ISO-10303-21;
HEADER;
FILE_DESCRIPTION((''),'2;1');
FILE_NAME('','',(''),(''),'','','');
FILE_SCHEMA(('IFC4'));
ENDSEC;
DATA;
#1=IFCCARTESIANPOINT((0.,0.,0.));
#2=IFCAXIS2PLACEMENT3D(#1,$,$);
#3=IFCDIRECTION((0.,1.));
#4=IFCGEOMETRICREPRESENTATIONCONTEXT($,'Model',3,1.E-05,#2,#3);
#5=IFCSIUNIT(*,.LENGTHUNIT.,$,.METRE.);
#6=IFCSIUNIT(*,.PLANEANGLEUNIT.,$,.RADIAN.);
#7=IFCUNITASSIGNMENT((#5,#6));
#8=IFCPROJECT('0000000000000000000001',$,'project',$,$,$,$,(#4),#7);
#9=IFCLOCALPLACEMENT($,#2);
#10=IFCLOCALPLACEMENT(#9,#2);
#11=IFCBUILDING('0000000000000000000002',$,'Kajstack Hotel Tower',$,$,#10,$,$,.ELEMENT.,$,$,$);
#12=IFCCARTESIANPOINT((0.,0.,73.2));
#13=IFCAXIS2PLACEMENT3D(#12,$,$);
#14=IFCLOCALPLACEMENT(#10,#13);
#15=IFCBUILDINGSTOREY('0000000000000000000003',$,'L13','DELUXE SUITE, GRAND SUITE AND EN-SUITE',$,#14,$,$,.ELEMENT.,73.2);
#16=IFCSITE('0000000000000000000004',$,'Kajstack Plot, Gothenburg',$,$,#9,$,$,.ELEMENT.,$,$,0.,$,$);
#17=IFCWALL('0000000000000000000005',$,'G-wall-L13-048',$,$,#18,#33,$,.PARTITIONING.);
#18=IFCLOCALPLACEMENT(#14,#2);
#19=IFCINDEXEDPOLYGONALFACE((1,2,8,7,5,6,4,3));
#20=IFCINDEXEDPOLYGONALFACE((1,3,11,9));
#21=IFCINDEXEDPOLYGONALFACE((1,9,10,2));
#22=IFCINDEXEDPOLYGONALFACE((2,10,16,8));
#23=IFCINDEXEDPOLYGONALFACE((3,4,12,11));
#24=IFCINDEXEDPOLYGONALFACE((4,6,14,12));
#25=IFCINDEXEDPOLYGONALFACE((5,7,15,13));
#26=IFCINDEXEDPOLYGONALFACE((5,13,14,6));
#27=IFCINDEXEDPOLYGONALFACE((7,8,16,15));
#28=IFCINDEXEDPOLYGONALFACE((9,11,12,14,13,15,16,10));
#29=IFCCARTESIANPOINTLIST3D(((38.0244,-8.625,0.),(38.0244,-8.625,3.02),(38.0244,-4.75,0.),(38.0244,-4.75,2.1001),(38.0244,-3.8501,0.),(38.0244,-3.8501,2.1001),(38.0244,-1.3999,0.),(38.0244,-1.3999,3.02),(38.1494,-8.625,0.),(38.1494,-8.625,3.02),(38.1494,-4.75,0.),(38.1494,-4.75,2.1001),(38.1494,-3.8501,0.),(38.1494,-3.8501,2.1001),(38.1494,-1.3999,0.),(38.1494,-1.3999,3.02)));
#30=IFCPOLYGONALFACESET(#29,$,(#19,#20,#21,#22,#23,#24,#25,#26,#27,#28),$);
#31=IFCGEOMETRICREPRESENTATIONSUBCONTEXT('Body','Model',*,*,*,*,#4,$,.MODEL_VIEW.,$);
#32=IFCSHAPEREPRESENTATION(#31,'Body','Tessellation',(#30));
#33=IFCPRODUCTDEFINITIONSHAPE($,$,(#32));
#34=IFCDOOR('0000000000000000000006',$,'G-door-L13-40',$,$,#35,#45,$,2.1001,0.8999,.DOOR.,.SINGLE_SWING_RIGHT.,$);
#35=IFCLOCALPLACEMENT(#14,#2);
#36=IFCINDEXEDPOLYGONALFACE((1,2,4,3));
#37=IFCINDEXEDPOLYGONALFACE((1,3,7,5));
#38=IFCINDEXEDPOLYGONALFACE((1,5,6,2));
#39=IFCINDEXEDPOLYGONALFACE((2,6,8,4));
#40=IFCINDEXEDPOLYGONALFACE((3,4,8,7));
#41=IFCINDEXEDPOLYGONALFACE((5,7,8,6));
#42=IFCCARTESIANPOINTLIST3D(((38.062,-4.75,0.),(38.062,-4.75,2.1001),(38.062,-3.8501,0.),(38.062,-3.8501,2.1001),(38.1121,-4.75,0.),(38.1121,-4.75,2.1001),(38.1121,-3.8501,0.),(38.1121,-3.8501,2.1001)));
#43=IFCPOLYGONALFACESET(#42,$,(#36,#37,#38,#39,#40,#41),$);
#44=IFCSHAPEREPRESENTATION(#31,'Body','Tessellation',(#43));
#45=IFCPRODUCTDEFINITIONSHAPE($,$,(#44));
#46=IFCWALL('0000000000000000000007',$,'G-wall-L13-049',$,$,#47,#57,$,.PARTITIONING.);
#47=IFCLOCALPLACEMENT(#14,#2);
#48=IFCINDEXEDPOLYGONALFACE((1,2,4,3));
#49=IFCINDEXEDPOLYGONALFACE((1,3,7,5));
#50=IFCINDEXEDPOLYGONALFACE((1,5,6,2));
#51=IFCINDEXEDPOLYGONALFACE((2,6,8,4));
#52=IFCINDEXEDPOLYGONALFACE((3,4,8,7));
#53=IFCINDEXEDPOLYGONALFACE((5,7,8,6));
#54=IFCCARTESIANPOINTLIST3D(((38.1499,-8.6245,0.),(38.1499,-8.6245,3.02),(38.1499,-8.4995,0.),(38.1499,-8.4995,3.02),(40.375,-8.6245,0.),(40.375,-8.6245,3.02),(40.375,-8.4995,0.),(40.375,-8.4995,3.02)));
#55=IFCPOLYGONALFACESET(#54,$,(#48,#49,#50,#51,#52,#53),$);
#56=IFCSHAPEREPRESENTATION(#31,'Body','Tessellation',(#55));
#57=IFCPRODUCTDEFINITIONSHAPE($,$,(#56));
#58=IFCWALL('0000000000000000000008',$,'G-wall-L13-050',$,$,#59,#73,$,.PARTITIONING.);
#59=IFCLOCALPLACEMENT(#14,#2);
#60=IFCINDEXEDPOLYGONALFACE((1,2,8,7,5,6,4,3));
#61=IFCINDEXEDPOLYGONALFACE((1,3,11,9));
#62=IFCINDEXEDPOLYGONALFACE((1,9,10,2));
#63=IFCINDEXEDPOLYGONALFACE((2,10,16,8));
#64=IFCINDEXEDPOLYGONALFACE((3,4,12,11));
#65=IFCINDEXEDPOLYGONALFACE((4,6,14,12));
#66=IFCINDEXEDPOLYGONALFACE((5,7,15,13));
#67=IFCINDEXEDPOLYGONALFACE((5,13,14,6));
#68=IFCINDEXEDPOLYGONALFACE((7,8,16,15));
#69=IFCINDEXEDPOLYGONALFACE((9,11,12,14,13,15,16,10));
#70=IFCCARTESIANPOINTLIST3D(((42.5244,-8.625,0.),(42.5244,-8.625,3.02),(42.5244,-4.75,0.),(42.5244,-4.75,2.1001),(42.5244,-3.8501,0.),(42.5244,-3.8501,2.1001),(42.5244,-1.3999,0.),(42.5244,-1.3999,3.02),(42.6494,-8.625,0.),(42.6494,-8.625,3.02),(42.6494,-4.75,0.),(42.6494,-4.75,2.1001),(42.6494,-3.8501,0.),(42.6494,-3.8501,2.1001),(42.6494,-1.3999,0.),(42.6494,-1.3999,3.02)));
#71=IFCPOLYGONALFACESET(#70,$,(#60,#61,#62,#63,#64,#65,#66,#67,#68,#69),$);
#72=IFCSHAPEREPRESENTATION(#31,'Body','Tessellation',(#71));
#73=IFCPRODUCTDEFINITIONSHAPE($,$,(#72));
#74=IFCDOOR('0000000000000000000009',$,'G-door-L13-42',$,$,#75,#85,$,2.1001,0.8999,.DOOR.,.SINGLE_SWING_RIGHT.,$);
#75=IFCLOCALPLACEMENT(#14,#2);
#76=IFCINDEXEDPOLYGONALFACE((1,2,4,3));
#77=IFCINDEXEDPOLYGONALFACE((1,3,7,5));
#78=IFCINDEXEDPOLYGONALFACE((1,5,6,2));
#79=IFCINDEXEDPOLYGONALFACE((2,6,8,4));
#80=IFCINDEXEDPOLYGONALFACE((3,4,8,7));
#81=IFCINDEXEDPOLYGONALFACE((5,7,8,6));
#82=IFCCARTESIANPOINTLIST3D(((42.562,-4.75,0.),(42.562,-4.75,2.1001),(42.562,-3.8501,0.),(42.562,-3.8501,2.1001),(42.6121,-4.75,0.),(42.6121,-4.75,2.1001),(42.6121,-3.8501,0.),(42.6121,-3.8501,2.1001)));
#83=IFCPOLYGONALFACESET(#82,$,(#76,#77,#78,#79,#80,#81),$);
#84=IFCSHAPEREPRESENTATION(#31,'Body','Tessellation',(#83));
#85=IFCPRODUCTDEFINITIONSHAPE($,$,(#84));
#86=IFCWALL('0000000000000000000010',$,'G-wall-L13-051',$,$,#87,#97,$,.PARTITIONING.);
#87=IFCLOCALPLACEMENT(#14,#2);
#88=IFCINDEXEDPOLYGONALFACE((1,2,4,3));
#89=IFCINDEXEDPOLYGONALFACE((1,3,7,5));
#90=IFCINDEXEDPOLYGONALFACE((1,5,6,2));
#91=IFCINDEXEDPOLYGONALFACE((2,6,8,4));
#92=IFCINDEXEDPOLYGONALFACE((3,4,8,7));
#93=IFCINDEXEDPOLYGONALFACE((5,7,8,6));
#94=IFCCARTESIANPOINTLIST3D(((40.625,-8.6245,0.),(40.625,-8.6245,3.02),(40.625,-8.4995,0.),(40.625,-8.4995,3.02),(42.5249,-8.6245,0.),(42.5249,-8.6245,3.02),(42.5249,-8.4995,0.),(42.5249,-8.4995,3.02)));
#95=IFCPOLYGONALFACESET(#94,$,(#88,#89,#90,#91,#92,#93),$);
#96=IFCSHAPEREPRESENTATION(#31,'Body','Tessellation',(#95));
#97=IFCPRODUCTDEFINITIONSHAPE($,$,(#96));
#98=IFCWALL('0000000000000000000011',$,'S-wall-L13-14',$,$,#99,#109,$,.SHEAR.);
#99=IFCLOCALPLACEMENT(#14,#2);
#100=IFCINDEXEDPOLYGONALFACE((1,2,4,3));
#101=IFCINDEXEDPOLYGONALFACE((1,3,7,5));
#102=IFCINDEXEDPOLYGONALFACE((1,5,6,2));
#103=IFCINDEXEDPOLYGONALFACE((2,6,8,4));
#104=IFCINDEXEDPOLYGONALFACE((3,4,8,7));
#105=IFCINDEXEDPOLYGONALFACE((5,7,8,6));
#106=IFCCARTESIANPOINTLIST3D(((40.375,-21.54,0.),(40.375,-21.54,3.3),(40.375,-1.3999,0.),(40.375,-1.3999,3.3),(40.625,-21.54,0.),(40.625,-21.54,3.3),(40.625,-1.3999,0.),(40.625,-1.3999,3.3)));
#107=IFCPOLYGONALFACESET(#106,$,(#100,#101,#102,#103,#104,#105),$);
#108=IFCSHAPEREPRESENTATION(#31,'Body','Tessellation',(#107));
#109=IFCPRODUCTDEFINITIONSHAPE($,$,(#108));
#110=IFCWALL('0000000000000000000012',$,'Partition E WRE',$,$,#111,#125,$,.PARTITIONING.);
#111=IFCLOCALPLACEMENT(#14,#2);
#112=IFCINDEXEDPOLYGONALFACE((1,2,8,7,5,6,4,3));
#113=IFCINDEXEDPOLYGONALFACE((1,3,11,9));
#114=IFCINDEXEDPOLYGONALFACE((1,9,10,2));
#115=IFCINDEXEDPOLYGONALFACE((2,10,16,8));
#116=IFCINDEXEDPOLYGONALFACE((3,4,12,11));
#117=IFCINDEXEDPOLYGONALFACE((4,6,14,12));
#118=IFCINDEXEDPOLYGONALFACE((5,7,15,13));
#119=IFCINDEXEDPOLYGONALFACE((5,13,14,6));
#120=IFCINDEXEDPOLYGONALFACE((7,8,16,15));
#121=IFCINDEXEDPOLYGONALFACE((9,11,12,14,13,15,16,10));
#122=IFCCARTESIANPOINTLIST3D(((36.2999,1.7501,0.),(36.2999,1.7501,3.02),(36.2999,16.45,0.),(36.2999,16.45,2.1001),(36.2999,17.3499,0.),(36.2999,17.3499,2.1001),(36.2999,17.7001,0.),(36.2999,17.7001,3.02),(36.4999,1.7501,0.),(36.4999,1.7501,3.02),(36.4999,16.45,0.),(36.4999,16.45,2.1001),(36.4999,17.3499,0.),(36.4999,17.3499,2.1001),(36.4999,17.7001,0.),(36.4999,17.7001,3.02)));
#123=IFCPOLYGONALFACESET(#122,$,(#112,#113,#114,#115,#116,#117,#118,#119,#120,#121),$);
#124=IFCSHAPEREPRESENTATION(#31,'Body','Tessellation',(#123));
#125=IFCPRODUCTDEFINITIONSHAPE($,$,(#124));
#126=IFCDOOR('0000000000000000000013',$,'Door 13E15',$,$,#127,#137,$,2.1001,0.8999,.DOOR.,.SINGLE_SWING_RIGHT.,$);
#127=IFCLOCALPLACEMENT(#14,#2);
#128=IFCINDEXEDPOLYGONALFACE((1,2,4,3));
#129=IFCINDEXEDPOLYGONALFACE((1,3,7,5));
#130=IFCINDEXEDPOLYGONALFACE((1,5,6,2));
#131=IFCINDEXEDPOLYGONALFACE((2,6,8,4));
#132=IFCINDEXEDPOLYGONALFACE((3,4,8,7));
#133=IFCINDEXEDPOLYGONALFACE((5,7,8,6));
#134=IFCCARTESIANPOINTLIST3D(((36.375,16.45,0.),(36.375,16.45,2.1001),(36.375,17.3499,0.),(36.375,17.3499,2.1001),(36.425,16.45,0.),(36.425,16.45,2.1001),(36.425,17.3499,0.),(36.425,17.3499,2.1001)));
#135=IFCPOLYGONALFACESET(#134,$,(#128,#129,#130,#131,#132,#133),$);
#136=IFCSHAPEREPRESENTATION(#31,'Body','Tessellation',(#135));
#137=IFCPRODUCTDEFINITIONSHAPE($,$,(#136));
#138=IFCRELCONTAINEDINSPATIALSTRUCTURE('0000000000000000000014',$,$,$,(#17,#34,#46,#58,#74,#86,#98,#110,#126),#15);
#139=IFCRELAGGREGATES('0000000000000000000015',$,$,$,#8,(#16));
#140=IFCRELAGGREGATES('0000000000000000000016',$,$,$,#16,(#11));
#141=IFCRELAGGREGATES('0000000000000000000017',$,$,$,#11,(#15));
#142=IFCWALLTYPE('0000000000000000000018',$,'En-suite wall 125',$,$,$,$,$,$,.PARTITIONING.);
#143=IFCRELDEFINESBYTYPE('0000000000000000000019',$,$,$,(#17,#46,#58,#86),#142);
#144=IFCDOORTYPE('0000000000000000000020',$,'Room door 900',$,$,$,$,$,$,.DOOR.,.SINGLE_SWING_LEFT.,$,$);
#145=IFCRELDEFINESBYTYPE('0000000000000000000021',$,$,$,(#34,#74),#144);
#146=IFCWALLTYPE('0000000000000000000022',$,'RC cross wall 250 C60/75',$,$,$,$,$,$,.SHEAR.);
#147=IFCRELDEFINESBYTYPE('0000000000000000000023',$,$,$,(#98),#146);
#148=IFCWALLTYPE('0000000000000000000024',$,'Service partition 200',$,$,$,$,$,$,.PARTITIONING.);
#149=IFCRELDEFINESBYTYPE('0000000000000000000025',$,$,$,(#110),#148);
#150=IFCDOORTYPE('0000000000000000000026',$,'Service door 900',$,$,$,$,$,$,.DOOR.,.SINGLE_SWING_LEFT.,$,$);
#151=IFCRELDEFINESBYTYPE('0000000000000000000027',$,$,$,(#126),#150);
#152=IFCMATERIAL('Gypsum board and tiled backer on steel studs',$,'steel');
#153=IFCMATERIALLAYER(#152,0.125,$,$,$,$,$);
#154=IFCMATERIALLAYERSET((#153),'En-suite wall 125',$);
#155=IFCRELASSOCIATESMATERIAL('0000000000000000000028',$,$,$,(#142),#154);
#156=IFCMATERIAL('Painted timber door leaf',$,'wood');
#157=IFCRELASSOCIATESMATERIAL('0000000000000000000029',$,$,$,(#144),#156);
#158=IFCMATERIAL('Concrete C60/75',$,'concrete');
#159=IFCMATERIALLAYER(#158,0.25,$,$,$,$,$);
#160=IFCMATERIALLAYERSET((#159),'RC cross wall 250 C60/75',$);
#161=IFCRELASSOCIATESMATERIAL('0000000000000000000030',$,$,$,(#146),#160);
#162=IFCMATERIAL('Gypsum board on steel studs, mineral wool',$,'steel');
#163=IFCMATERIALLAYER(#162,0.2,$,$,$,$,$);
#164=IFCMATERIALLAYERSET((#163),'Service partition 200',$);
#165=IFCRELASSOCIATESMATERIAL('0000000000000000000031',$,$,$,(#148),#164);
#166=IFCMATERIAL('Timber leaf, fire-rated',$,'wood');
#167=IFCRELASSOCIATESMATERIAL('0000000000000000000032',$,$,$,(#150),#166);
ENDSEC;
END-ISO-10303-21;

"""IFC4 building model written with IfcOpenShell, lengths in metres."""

from ifc_helpers import new_model, si_unit, direction, frame, frame_2d, origin, place, context, subcontext, project, spatial, rectangle, extrude, material, layer, layer_set, type_object, element, fill, save


model = new_model("IFC4")

# Units and contexts
model_context = context("Model", 3, precision=1e-05, world=origin(), true_north=direction((0.0, 1.0)))
body_context = subcontext(model_context, "Body", "Model", "MODEL_VIEW")
ifc_project = project(units=[si_unit("LENGTHUNIT", "METRE"), si_unit("PLANEANGLEUNIT", "RADIAN")], contexts=[model_context])

# Site, building, storey
site_placement = place(None, origin())
site = spatial("IfcSite", under=ifc_project, at=site_placement, Name="Kajstack Plot, Gothenburg", CompositionType="ELEMENT", RefElevation=0.0)
building_placement = place(site_placement, origin())
building = spatial("IfcBuilding", under=site, at=building_placement, Name="Kajstack Hotel Tower", CompositionType="ELEMENT")
storey_placement = place(building_placement, frame((0.0, 0.0, 73.2)))
storey = spatial("IfcBuildingStorey", under=building, at=storey_placement, Name="L13", Description="DELUXE SUITE, GRAND SUITE AND EN-SUITE", CompositionType="ELEMENT", Elevation=73.2)

# Wall, opening, door
ifc_material_1 = material(Name="Gypsum board and tiled backer on steel studs", Category="steel")
ifc_layer_1 = layer(ifc_material_1, 0.125)
ifc_layer_set_1 = layer_set([ifc_layer_1], Name="En-suite wall 125")
wall_type_1 = type_object("IfcWallType", Name="En-suite wall 125", PredefinedType="PARTITIONING", material=ifc_layer_set_1)
wall_1_placement = place(storey_placement, frame((38.0869, -8.625, 0.0), z_axis=(0.0, 0.0, 1.0), x_axis=(0.0, 1.0, 0.0)))
wall_1 = element("IfcWall", 1, at=wall_1_placement, inside=storey, type_object=wall_type_1, Name="G-wall-L13-048", PredefinedType="PARTITIONING", context=body_context, shape_type="SweptSolid", body=[
    extrude(rectangle(XDim=7.2251, YDim=0.125, at=frame_2d((3.6125, 0.0))), origin(), (0.0, 0.0, 1.0), 3.02),
])
opening_1_placement = place(wall_1_placement, frame((3.875, 0.0, 0.0)))
opening_1 = element("IfcOpeningElement", 2, at=opening_1_placement, cuts=wall_1, PredefinedType="OPENING", context=body_context, shape_type="SweptSolid", body=[
    extrude(rectangle(XDim=0.8999, YDim=2.1001, at=frame_2d((0.45, 1.05))), frame((0.0, 0.0725, 0.0), z_axis=(0.0, -1.0, 0.0), x_axis=(1.0, 0.0, 0.0)), (0.0, 0.0, 1.0), 0.145),
])
ifc_material_2 = material(Name="Painted timber door leaf", Category="wood")
door_type_1 = type_object("IfcDoorType", Name="Room door 900", OperationType="SINGLE_SWING_LEFT", PredefinedType="DOOR", material=ifc_material_2)
door_1_placement = place(opening_1_placement, origin())
door_1 = element("IfcDoor", 3, at=door_1_placement, inside=storey, type_object=door_type_1, Name="G-door-L13-40", OperationType="SINGLE_SWING_RIGHT", OverallHeight=2.1001, OverallWidth=0.8999, PredefinedType="DOOR", context=body_context, shape_type="SweptSolid", body=[
    extrude(rectangle(XDim=0.8999, YDim=2.1001, at=frame_2d((0.45, 1.05))), frame((0.0, 0.0249, 0.0), z_axis=(0.0, -1.0, 0.0), x_axis=(1.0, 0.0, 0.0)), (0.0, 0.0, 1.0), 0.05),
])
fill(opening_1, door_1)

# Wall
wall_2_placement = place(storey_placement, frame((38.1499, -8.562, 0.0), z_axis=(0.0, 0.0, 1.0), x_axis=(1.0, 0.0, 0.0)))
element("IfcWall", 4, at=wall_2_placement, inside=storey, type_object=wall_type_1, Name="G-wall-L13-049", PredefinedType="PARTITIONING", context=body_context, shape_type="SweptSolid", body=[
    extrude(rectangle(XDim=2.2251, YDim=0.125, at=frame_2d((1.1125, 0.0))), origin(), (0.0, 0.0, 1.0), 3.02),
])

# Wall, opening, door
wall_3_placement = place(storey_placement, frame((42.5869, -8.625, 0.0), z_axis=(0.0, 0.0, 1.0), x_axis=(0.0, 1.0, 0.0)))
wall_3 = element("IfcWall", 5, at=wall_3_placement, inside=storey, type_object=wall_type_1, Name="G-wall-L13-050", PredefinedType="PARTITIONING", context=body_context, shape_type="SweptSolid", body=[
    extrude(rectangle(XDim=7.2251, YDim=0.125, at=frame_2d((3.6125, 0.0))), origin(), (0.0, 0.0, 1.0), 3.02),
])
opening_2_placement = place(wall_3_placement, frame((3.875, 0.0, 0.0)))
opening_2 = element("IfcOpeningElement", 6, at=opening_2_placement, cuts=wall_3, PredefinedType="OPENING", context=body_context, shape_type="SweptSolid", body=[
    extrude(rectangle(XDim=0.8999, YDim=2.1001, at=frame_2d((0.45, 1.05))), frame((0.0, 0.0725, 0.0), z_axis=(0.0, -1.0, 0.0), x_axis=(1.0, 0.0, 0.0)), (0.0, 0.0, 1.0), 0.145),
])
door_2_placement = place(opening_2_placement, origin())
door_2 = element("IfcDoor", 7, at=door_2_placement, inside=storey, type_object=door_type_1, Name="G-door-L13-42", OperationType="SINGLE_SWING_RIGHT", OverallHeight=2.1001, OverallWidth=0.8999, PredefinedType="DOOR", context=body_context, shape_type="SweptSolid", body=[
    extrude(rectangle(XDim=0.8999, YDim=2.1001, at=frame_2d((0.45, 1.05))), frame((0.0, 0.0249, 0.0), z_axis=(0.0, -1.0, 0.0), x_axis=(1.0, 0.0, 0.0)), (0.0, 0.0, 1.0), 0.05),
])
fill(opening_2, door_2)

# Walls
wall_4_placement = place(storey_placement, frame((40.625, -8.562, 0.0), z_axis=(0.0, 0.0, 1.0), x_axis=(1.0, 0.0, 0.0)))
element("IfcWall", 8, at=wall_4_placement, inside=storey, type_object=wall_type_1, Name="G-wall-L13-051", PredefinedType="PARTITIONING", context=body_context, shape_type="SweptSolid", body=[
    extrude(rectangle(XDim=1.8999, YDim=0.125, at=frame_2d((0.95, 0.0))), origin(), (0.0, 0.0, 1.0), 3.02),
])
ifc_material_3 = material(Name="Concrete C60/75", Category="concrete")
ifc_layer_2 = layer(ifc_material_3, 0.25)
ifc_layer_set_2 = layer_set([ifc_layer_2], Name="RC cross wall 250 C60/75")
wall_type_2 = type_object("IfcWallType", Name="RC cross wall 250 C60/75", PredefinedType="SHEAR", material=ifc_layer_set_2)
wall_5_placement = place(storey_placement, frame((40.5, -21.54, 0.0), z_axis=(0.0, 0.0, 1.0), x_axis=(0.0, 1.0, 0.0)))
element("IfcWall", 9, at=wall_5_placement, inside=storey, type_object=wall_type_2, Name="S-wall-L13-14", PredefinedType="SHEAR", context=body_context, shape_type="SweptSolid", body=[
    extrude(rectangle(XDim=20.1401, YDim=0.25, at=frame_2d((10.0701, 0.0))), origin(), (0.0, 0.0, 1.0), 3.3),
])

# Wall, opening, door
ifc_material_4 = material(Name="Gypsum board on steel studs, mineral wool", Category="steel")
ifc_layer_3 = layer(ifc_material_4, 0.2)
ifc_layer_set_3 = layer_set([ifc_layer_3], Name="Service partition 200")
wall_type_3 = type_object("IfcWallType", Name="Service partition 200", PredefinedType="PARTITIONING", material=ifc_layer_set_3)
wall_6_placement = place(storey_placement, frame((36.3999, 1.75, 0.0), z_axis=(0.0, 0.0, 1.0), x_axis=(0.0, 1.0, 0.0)))
wall_6 = element("IfcWall", 10, at=wall_6_placement, inside=storey, type_object=wall_type_3, Name="Partition E WRE", PredefinedType="PARTITIONING", context=body_context, shape_type="SweptSolid", body=[
    extrude(rectangle(XDim=15.95, YDim=0.2, at=frame_2d((7.9751, 0.0))), origin(), (0.0, 0.0, 1.0), 3.02),
])
opening_3_placement = place(wall_6_placement, frame((14.7, 0.0, 0.0)))
opening_3 = element("IfcOpeningElement", 11, at=opening_3_placement, cuts=wall_6, PredefinedType="OPENING", context=body_context, shape_type="SweptSolid", body=[
    extrude(rectangle(XDim=0.8999, YDim=2.1001, at=frame_2d((0.45, 1.05))), frame((0.0, 0.1099, 0.0), z_axis=(0.0, -1.0, 0.0), x_axis=(1.0, 0.0, 0.0)), (0.0, 0.0, 1.0), 0.22),
])
ifc_material_5 = material(Name="Timber leaf, fire-rated", Category="wood")
door_type_2 = type_object("IfcDoorType", Name="Service door 900", OperationType="SINGLE_SWING_LEFT", PredefinedType="DOOR", material=ifc_material_5)
door_3_placement = place(opening_3_placement, origin())
door_3 = element("IfcDoor", 12, at=door_3_placement, inside=storey, type_object=door_type_2, Name="Door 13E15", OperationType="SINGLE_SWING_RIGHT", OverallHeight=2.1001, OverallWidth=0.8999, PredefinedType="DOOR", context=body_context, shape_type="SweptSolid", body=[
    extrude(rectangle(XDim=0.8999, YDim=2.1001, at=frame_2d((0.45, 1.05))), frame((0.0, 0.0249, 0.0), z_axis=(0.0, -1.0, 0.0), x_axis=(1.0, 0.0, 0.0)), (0.0, 0.0, 1.0), 0.05),
])
fill(opening_3, door_3)

save(model, "model.ifc")
